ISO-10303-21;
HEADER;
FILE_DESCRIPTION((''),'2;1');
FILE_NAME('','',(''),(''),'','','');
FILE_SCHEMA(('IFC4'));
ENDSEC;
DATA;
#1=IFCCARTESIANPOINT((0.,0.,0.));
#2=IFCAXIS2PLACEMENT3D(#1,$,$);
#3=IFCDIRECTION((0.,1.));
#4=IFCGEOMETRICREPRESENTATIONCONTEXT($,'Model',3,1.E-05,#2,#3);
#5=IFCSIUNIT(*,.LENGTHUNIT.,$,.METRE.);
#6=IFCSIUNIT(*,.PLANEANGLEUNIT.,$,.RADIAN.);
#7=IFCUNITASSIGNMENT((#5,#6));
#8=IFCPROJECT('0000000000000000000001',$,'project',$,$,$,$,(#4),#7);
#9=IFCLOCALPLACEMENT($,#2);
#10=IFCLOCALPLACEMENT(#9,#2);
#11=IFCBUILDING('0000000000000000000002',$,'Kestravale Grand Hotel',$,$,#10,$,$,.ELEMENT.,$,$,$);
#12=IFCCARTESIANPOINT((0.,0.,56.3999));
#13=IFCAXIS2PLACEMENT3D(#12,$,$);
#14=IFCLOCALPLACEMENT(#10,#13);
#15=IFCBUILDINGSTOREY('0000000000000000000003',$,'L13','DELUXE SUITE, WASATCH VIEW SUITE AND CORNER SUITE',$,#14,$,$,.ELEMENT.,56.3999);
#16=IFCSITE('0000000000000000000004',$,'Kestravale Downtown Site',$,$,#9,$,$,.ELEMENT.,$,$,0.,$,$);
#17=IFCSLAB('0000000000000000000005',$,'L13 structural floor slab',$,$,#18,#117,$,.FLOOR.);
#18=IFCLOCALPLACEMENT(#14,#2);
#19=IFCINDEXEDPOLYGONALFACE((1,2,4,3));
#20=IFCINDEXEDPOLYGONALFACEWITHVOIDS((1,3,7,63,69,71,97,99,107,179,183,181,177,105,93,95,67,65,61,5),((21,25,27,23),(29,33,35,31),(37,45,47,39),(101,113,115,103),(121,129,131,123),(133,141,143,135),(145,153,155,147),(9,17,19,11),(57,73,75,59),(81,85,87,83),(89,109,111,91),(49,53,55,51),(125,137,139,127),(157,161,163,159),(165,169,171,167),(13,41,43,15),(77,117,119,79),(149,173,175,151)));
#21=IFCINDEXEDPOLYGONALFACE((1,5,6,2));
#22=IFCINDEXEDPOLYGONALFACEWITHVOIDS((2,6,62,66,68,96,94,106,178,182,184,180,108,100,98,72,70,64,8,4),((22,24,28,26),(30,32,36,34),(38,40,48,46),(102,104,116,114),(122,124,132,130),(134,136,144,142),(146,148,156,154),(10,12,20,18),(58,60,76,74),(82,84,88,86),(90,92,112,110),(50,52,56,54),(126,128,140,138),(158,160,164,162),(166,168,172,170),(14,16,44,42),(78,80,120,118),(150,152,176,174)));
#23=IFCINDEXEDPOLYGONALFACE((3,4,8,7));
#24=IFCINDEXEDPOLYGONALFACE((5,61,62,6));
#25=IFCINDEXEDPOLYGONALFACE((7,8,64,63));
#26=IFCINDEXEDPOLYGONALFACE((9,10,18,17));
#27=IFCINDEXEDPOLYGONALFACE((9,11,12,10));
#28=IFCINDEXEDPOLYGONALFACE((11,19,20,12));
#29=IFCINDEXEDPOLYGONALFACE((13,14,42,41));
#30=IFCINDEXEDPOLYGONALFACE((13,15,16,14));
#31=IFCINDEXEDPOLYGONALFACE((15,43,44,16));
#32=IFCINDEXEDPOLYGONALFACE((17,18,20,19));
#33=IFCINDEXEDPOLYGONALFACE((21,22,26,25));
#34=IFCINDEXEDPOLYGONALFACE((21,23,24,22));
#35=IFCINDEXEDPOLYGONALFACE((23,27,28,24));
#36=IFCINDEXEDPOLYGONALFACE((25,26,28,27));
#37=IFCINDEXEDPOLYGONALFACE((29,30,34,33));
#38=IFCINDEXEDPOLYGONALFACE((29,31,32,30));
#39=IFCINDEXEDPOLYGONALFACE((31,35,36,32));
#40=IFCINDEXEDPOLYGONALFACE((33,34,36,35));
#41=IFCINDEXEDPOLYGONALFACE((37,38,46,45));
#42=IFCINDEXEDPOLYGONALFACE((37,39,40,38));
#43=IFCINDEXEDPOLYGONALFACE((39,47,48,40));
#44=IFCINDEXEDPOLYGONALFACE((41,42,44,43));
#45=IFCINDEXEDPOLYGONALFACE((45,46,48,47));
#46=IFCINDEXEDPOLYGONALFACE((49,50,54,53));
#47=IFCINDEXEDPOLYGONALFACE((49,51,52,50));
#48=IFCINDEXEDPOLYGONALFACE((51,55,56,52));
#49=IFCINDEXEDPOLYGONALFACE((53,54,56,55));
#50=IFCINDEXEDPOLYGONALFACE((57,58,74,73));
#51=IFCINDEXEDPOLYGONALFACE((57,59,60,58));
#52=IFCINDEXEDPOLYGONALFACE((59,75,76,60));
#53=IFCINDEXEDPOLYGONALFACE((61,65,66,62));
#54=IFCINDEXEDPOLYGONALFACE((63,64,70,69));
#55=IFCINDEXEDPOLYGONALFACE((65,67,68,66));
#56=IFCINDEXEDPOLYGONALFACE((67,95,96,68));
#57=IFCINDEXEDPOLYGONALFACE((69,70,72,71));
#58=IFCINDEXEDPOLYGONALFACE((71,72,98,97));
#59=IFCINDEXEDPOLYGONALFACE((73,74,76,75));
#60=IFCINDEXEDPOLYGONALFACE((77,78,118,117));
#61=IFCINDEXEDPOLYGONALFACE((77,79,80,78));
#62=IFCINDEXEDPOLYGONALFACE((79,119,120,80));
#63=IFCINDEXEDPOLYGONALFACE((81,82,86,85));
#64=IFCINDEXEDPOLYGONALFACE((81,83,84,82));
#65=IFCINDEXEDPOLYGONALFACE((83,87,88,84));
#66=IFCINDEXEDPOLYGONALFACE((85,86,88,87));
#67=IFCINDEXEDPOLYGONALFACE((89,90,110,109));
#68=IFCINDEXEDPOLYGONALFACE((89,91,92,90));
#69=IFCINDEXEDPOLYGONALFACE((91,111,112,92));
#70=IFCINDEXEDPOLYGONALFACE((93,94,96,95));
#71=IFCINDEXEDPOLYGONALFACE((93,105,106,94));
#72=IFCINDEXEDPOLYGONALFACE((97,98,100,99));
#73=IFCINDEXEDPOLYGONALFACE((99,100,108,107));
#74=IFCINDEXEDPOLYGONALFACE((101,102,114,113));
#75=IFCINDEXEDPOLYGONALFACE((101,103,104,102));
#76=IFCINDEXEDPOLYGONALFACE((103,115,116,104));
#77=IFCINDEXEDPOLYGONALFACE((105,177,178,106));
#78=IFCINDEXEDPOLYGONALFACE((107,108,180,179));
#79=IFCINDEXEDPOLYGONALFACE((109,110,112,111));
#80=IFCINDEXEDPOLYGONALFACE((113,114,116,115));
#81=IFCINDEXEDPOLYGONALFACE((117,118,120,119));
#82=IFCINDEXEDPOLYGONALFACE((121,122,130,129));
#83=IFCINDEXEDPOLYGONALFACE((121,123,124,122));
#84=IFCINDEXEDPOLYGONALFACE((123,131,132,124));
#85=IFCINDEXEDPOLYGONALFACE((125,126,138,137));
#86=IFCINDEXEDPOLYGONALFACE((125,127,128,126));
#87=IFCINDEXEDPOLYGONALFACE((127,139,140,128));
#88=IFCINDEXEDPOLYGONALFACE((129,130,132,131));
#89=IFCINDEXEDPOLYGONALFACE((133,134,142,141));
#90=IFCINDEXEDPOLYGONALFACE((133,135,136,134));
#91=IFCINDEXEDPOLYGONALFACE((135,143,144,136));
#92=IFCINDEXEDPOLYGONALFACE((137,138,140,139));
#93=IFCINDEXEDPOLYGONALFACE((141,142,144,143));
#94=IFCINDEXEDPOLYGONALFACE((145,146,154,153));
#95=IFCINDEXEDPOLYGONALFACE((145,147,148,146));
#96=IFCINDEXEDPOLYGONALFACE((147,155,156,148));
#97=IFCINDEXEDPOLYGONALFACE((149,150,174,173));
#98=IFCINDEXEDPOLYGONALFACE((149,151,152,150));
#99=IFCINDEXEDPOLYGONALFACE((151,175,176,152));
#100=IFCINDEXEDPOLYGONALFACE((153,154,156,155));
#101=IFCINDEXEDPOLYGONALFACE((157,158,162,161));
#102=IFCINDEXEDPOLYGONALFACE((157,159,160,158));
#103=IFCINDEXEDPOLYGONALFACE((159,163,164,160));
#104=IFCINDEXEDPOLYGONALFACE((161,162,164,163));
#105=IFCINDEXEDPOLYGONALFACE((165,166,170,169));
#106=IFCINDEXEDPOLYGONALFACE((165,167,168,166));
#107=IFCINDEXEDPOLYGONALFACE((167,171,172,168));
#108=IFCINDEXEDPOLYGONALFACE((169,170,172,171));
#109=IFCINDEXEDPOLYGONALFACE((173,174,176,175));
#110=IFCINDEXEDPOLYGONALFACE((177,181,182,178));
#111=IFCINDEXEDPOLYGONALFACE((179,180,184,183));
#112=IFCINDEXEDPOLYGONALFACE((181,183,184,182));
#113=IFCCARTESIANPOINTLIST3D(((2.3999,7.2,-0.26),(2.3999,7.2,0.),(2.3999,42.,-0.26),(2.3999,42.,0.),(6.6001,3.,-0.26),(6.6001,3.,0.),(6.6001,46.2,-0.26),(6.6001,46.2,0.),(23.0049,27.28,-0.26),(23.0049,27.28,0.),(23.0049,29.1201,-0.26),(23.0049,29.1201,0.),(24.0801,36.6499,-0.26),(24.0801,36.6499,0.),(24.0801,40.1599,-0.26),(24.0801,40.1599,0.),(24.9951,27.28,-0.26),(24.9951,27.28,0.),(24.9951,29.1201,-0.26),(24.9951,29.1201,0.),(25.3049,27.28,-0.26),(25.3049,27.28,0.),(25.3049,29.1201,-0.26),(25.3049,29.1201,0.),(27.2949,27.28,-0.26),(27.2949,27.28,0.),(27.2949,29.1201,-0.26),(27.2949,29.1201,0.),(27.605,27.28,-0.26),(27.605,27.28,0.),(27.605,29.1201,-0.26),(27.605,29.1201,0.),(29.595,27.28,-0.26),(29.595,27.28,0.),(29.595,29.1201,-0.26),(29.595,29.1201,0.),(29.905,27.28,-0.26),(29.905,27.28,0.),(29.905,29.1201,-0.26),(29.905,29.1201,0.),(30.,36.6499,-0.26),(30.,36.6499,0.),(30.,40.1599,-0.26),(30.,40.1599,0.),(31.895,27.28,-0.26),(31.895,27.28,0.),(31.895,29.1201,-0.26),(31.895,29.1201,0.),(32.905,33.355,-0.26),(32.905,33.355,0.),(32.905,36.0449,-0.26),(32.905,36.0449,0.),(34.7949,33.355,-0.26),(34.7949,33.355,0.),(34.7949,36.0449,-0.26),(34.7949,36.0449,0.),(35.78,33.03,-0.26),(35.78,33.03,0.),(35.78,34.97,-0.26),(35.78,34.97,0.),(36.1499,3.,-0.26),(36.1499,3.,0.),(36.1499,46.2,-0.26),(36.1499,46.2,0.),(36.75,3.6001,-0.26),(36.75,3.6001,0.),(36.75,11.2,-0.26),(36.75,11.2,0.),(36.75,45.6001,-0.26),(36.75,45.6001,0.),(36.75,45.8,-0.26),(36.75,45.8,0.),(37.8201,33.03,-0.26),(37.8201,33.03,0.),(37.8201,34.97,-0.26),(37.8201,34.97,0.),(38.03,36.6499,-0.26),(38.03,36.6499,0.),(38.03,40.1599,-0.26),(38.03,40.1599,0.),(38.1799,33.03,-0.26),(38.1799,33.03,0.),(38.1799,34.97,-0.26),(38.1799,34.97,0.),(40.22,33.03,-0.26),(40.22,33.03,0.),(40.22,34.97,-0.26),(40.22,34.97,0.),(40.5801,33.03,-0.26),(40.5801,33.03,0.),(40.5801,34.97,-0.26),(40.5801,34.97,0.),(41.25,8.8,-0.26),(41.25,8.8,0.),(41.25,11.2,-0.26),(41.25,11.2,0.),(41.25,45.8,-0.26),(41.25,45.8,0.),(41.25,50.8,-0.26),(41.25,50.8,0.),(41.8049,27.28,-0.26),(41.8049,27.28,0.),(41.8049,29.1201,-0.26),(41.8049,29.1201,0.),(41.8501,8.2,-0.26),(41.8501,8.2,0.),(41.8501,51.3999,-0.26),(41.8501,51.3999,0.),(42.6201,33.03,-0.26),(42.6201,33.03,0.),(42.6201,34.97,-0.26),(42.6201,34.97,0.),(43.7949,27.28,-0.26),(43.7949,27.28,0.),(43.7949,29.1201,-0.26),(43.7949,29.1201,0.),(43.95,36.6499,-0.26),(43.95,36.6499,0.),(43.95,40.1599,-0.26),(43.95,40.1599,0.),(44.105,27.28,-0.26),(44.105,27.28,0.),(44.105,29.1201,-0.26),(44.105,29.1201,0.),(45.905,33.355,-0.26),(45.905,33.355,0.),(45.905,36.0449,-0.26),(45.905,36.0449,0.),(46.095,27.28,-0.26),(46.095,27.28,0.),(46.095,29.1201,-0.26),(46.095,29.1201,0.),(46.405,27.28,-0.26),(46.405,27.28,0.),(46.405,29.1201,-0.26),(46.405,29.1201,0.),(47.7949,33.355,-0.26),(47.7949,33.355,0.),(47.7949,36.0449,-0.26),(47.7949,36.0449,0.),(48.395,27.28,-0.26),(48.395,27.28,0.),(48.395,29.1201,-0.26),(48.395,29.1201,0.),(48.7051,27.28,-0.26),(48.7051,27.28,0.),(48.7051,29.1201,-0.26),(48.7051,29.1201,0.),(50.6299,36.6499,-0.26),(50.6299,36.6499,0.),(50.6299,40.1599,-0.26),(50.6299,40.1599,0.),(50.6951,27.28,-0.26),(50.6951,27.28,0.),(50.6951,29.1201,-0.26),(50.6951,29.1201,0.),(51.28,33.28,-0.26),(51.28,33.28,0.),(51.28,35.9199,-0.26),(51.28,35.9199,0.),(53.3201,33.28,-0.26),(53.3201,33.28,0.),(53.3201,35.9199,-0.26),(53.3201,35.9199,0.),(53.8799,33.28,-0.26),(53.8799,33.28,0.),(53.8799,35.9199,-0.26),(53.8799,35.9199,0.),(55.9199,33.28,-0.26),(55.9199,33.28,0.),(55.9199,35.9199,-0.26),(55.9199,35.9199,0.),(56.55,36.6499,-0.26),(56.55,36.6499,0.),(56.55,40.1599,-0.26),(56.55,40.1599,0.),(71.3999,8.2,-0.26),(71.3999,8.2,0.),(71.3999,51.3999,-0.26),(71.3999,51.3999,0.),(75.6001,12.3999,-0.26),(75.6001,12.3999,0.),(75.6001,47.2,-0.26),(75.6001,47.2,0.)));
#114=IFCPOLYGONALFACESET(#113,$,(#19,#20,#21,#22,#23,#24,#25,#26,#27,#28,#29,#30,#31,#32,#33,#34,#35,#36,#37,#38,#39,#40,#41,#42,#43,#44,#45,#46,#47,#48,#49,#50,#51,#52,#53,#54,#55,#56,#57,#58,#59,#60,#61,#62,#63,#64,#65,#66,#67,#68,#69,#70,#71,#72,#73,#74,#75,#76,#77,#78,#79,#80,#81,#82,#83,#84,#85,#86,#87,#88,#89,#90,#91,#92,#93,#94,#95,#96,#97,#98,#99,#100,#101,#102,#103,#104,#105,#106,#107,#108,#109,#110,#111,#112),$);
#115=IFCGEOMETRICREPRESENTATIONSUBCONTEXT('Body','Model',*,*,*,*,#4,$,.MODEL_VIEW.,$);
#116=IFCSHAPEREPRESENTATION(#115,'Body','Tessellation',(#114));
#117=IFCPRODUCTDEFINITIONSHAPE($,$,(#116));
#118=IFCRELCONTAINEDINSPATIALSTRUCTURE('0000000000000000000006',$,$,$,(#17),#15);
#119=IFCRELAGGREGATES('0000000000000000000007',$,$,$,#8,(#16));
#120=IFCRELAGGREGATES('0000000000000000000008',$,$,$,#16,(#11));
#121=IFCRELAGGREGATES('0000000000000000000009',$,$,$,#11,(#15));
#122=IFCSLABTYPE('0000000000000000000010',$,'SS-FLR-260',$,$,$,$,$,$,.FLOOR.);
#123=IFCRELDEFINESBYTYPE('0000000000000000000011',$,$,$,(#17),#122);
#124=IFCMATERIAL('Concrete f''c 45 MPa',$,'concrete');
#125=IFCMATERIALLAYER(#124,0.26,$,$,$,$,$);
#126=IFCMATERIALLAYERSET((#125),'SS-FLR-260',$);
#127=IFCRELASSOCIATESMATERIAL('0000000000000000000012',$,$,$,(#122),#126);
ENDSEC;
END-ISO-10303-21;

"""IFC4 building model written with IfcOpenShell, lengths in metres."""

from ifc_helpers import new_model, si_unit, direction, frame, origin, place, context, subcontext, project, spatial, polyline, outline, extrude, material, layer, layer_set, type_object, element, save


model = new_model("IFC4")

# Units and contexts
model_context = context("Model", 3, precision=1e-05, world=origin(), true_north=direction((0.0, 1.0)))
body_context = subcontext(model_context, "Body", "Model", "MODEL_VIEW")
ifc_project = project(units=[si_unit("LENGTHUNIT", "METRE"), si_unit("PLANEANGLEUNIT", "RADIAN")], contexts=[model_context])

# Site, building, storey
site_placement = place(None, origin())
site = spatial("IfcSite", under=ifc_project, at=site_placement, Name="Kestravale Downtown Site", CompositionType="ELEMENT", RefElevation=0.0)
building_placement = place(site_placement, origin())
building = spatial("IfcBuilding", under=site, at=building_placement, Name="Kestravale Grand Hotel", CompositionType="ELEMENT")
storey_placement = place(building_placement, frame((0.0, 0.0, 56.3999)))
storey = spatial("IfcBuildingStorey", under=building, at=storey_placement, Name="L13", Description="DELUXE SUITE, WASATCH VIEW SUITE AND CORNER SUITE", CompositionType="ELEMENT", Elevation=56.3999)

# Slab
ifc_material_1 = material(Name="Concrete f'c 45 MPa", Category="concrete")
ifc_layer_1 = layer(ifc_material_1, 0.26)
ifc_layer_set_1 = layer_set([ifc_layer_1], Name="SS-FLR-260")
slab_type_1 = type_object("IfcSlabType", Name="SS-FLR-260", PredefinedType="FLOOR", material=ifc_layer_set_1)
slab_1_placement = place(storey_placement, frame((0.0, 0.0, -0.26)))
element("IfcSlab", 1, at=slab_1_placement, inside=storey, type_object=slab_type_1, Name="L13 structural floor slab", PredefinedType="FLOOR", context=body_context, shape_type="SweptSolid", body=[
    extrude(outline(polyline([(6.6001, 3.0), (36.1499, 3.0), (36.75, 3.6001), (36.75, 11.2), (41.25, 11.2), (41.25, 8.8), (41.8501, 8.2), (71.3999, 8.2), (75.6001, 12.3999), (75.6001, 47.2), (71.3999, 51.3999), (41.8501, 51.3999), (41.25, 50.8), (41.25, 45.8), (36.75, 45.8), (36.75, 45.6001), (36.1499, 46.2), (6.6001, 46.2), (2.3999, 42.0), (2.3999, 7.2), (6.6001, 3.0)]), holes=[polyline([(24.0801, 36.6499), (30.0, 36.6499), (30.0, 40.1599), (24.0801, 40.1599), (24.0801, 36.6499)]), polyline([(38.03, 36.6499), (43.95, 36.6499), (43.95, 40.1599), (38.03, 40.1599), (38.03, 36.6499)]), polyline([(50.6299, 36.6499), (56.55, 36.6499), (56.55, 40.1599), (50.6299, 40.1599), (50.6299, 36.6499)]), polyline([(23.0049, 27.28), (24.9951, 27.28), (24.9951, 29.1201), (23.0049, 29.1201), (23.0049, 27.28)]), polyline([(25.3049, 27.28), (27.2949, 27.28), (27.2949, 29.1201), (25.3049, 29.1201), (25.3049, 27.28)]), polyline([(27.605, 27.28), (29.595, 27.28), (29.595, 29.1201), (27.605, 29.1201), (27.605, 27.28)]), polyline([(29.905, 27.28), (31.895, 27.28), (31.895, 29.1201), (29.905, 29.1201), (29.905, 27.28)]), polyline([(41.8049, 27.28), (43.7949, 27.28), (43.7949, 29.1201), (41.8049, 29.1201), (41.8049, 27.28)]), polyline([(44.105, 27.28), (46.095, 27.28), (46.095, 29.1201), (44.105, 29.1201), (44.105, 27.28)]), polyline([(46.405, 27.28), (48.395, 27.28), (48.395, 29.1201), (46.405, 29.1201), (46.405, 27.28)]), polyline([(48.7051, 27.28), (50.6951, 27.28), (50.6951, 29.1201), (48.7051, 29.1201), (48.7051, 27.28)]), polyline([(35.78, 33.03), (37.8201, 33.03), (37.8201, 34.97), (35.78, 34.97), (35.78, 33.03)]), polyline([(38.1799, 33.03), (40.22, 33.03), (40.22, 34.97), (38.1799, 34.97), (38.1799, 33.03)]), polyline([(40.5801, 33.03), (42.6201, 33.03), (42.6201, 34.97), (40.5801, 34.97), (40.5801, 33.03)]), polyline([(32.905, 33.355), (34.7949, 33.355), (34.7949, 36.0449), (32.905, 36.0449), (32.905, 33.355)]), polyline([(45.905, 33.355), (47.7949, 33.355), (47.7949, 36.0449), (45.905, 36.0449), (45.905, 33.355)]), polyline([(51.28, 33.28), (53.3201, 33.28), (53.3201, 35.9199), (51.28, 35.9199), (51.28, 33.28)]), polyline([(53.8799, 33.28), (55.9199, 33.28), (55.9199, 35.9199), (53.8799, 35.9199), (53.8799, 33.28)])]), origin(), (0.0, 0.0, 1.0), 0.26),
])

save(model, "model.ifc")
